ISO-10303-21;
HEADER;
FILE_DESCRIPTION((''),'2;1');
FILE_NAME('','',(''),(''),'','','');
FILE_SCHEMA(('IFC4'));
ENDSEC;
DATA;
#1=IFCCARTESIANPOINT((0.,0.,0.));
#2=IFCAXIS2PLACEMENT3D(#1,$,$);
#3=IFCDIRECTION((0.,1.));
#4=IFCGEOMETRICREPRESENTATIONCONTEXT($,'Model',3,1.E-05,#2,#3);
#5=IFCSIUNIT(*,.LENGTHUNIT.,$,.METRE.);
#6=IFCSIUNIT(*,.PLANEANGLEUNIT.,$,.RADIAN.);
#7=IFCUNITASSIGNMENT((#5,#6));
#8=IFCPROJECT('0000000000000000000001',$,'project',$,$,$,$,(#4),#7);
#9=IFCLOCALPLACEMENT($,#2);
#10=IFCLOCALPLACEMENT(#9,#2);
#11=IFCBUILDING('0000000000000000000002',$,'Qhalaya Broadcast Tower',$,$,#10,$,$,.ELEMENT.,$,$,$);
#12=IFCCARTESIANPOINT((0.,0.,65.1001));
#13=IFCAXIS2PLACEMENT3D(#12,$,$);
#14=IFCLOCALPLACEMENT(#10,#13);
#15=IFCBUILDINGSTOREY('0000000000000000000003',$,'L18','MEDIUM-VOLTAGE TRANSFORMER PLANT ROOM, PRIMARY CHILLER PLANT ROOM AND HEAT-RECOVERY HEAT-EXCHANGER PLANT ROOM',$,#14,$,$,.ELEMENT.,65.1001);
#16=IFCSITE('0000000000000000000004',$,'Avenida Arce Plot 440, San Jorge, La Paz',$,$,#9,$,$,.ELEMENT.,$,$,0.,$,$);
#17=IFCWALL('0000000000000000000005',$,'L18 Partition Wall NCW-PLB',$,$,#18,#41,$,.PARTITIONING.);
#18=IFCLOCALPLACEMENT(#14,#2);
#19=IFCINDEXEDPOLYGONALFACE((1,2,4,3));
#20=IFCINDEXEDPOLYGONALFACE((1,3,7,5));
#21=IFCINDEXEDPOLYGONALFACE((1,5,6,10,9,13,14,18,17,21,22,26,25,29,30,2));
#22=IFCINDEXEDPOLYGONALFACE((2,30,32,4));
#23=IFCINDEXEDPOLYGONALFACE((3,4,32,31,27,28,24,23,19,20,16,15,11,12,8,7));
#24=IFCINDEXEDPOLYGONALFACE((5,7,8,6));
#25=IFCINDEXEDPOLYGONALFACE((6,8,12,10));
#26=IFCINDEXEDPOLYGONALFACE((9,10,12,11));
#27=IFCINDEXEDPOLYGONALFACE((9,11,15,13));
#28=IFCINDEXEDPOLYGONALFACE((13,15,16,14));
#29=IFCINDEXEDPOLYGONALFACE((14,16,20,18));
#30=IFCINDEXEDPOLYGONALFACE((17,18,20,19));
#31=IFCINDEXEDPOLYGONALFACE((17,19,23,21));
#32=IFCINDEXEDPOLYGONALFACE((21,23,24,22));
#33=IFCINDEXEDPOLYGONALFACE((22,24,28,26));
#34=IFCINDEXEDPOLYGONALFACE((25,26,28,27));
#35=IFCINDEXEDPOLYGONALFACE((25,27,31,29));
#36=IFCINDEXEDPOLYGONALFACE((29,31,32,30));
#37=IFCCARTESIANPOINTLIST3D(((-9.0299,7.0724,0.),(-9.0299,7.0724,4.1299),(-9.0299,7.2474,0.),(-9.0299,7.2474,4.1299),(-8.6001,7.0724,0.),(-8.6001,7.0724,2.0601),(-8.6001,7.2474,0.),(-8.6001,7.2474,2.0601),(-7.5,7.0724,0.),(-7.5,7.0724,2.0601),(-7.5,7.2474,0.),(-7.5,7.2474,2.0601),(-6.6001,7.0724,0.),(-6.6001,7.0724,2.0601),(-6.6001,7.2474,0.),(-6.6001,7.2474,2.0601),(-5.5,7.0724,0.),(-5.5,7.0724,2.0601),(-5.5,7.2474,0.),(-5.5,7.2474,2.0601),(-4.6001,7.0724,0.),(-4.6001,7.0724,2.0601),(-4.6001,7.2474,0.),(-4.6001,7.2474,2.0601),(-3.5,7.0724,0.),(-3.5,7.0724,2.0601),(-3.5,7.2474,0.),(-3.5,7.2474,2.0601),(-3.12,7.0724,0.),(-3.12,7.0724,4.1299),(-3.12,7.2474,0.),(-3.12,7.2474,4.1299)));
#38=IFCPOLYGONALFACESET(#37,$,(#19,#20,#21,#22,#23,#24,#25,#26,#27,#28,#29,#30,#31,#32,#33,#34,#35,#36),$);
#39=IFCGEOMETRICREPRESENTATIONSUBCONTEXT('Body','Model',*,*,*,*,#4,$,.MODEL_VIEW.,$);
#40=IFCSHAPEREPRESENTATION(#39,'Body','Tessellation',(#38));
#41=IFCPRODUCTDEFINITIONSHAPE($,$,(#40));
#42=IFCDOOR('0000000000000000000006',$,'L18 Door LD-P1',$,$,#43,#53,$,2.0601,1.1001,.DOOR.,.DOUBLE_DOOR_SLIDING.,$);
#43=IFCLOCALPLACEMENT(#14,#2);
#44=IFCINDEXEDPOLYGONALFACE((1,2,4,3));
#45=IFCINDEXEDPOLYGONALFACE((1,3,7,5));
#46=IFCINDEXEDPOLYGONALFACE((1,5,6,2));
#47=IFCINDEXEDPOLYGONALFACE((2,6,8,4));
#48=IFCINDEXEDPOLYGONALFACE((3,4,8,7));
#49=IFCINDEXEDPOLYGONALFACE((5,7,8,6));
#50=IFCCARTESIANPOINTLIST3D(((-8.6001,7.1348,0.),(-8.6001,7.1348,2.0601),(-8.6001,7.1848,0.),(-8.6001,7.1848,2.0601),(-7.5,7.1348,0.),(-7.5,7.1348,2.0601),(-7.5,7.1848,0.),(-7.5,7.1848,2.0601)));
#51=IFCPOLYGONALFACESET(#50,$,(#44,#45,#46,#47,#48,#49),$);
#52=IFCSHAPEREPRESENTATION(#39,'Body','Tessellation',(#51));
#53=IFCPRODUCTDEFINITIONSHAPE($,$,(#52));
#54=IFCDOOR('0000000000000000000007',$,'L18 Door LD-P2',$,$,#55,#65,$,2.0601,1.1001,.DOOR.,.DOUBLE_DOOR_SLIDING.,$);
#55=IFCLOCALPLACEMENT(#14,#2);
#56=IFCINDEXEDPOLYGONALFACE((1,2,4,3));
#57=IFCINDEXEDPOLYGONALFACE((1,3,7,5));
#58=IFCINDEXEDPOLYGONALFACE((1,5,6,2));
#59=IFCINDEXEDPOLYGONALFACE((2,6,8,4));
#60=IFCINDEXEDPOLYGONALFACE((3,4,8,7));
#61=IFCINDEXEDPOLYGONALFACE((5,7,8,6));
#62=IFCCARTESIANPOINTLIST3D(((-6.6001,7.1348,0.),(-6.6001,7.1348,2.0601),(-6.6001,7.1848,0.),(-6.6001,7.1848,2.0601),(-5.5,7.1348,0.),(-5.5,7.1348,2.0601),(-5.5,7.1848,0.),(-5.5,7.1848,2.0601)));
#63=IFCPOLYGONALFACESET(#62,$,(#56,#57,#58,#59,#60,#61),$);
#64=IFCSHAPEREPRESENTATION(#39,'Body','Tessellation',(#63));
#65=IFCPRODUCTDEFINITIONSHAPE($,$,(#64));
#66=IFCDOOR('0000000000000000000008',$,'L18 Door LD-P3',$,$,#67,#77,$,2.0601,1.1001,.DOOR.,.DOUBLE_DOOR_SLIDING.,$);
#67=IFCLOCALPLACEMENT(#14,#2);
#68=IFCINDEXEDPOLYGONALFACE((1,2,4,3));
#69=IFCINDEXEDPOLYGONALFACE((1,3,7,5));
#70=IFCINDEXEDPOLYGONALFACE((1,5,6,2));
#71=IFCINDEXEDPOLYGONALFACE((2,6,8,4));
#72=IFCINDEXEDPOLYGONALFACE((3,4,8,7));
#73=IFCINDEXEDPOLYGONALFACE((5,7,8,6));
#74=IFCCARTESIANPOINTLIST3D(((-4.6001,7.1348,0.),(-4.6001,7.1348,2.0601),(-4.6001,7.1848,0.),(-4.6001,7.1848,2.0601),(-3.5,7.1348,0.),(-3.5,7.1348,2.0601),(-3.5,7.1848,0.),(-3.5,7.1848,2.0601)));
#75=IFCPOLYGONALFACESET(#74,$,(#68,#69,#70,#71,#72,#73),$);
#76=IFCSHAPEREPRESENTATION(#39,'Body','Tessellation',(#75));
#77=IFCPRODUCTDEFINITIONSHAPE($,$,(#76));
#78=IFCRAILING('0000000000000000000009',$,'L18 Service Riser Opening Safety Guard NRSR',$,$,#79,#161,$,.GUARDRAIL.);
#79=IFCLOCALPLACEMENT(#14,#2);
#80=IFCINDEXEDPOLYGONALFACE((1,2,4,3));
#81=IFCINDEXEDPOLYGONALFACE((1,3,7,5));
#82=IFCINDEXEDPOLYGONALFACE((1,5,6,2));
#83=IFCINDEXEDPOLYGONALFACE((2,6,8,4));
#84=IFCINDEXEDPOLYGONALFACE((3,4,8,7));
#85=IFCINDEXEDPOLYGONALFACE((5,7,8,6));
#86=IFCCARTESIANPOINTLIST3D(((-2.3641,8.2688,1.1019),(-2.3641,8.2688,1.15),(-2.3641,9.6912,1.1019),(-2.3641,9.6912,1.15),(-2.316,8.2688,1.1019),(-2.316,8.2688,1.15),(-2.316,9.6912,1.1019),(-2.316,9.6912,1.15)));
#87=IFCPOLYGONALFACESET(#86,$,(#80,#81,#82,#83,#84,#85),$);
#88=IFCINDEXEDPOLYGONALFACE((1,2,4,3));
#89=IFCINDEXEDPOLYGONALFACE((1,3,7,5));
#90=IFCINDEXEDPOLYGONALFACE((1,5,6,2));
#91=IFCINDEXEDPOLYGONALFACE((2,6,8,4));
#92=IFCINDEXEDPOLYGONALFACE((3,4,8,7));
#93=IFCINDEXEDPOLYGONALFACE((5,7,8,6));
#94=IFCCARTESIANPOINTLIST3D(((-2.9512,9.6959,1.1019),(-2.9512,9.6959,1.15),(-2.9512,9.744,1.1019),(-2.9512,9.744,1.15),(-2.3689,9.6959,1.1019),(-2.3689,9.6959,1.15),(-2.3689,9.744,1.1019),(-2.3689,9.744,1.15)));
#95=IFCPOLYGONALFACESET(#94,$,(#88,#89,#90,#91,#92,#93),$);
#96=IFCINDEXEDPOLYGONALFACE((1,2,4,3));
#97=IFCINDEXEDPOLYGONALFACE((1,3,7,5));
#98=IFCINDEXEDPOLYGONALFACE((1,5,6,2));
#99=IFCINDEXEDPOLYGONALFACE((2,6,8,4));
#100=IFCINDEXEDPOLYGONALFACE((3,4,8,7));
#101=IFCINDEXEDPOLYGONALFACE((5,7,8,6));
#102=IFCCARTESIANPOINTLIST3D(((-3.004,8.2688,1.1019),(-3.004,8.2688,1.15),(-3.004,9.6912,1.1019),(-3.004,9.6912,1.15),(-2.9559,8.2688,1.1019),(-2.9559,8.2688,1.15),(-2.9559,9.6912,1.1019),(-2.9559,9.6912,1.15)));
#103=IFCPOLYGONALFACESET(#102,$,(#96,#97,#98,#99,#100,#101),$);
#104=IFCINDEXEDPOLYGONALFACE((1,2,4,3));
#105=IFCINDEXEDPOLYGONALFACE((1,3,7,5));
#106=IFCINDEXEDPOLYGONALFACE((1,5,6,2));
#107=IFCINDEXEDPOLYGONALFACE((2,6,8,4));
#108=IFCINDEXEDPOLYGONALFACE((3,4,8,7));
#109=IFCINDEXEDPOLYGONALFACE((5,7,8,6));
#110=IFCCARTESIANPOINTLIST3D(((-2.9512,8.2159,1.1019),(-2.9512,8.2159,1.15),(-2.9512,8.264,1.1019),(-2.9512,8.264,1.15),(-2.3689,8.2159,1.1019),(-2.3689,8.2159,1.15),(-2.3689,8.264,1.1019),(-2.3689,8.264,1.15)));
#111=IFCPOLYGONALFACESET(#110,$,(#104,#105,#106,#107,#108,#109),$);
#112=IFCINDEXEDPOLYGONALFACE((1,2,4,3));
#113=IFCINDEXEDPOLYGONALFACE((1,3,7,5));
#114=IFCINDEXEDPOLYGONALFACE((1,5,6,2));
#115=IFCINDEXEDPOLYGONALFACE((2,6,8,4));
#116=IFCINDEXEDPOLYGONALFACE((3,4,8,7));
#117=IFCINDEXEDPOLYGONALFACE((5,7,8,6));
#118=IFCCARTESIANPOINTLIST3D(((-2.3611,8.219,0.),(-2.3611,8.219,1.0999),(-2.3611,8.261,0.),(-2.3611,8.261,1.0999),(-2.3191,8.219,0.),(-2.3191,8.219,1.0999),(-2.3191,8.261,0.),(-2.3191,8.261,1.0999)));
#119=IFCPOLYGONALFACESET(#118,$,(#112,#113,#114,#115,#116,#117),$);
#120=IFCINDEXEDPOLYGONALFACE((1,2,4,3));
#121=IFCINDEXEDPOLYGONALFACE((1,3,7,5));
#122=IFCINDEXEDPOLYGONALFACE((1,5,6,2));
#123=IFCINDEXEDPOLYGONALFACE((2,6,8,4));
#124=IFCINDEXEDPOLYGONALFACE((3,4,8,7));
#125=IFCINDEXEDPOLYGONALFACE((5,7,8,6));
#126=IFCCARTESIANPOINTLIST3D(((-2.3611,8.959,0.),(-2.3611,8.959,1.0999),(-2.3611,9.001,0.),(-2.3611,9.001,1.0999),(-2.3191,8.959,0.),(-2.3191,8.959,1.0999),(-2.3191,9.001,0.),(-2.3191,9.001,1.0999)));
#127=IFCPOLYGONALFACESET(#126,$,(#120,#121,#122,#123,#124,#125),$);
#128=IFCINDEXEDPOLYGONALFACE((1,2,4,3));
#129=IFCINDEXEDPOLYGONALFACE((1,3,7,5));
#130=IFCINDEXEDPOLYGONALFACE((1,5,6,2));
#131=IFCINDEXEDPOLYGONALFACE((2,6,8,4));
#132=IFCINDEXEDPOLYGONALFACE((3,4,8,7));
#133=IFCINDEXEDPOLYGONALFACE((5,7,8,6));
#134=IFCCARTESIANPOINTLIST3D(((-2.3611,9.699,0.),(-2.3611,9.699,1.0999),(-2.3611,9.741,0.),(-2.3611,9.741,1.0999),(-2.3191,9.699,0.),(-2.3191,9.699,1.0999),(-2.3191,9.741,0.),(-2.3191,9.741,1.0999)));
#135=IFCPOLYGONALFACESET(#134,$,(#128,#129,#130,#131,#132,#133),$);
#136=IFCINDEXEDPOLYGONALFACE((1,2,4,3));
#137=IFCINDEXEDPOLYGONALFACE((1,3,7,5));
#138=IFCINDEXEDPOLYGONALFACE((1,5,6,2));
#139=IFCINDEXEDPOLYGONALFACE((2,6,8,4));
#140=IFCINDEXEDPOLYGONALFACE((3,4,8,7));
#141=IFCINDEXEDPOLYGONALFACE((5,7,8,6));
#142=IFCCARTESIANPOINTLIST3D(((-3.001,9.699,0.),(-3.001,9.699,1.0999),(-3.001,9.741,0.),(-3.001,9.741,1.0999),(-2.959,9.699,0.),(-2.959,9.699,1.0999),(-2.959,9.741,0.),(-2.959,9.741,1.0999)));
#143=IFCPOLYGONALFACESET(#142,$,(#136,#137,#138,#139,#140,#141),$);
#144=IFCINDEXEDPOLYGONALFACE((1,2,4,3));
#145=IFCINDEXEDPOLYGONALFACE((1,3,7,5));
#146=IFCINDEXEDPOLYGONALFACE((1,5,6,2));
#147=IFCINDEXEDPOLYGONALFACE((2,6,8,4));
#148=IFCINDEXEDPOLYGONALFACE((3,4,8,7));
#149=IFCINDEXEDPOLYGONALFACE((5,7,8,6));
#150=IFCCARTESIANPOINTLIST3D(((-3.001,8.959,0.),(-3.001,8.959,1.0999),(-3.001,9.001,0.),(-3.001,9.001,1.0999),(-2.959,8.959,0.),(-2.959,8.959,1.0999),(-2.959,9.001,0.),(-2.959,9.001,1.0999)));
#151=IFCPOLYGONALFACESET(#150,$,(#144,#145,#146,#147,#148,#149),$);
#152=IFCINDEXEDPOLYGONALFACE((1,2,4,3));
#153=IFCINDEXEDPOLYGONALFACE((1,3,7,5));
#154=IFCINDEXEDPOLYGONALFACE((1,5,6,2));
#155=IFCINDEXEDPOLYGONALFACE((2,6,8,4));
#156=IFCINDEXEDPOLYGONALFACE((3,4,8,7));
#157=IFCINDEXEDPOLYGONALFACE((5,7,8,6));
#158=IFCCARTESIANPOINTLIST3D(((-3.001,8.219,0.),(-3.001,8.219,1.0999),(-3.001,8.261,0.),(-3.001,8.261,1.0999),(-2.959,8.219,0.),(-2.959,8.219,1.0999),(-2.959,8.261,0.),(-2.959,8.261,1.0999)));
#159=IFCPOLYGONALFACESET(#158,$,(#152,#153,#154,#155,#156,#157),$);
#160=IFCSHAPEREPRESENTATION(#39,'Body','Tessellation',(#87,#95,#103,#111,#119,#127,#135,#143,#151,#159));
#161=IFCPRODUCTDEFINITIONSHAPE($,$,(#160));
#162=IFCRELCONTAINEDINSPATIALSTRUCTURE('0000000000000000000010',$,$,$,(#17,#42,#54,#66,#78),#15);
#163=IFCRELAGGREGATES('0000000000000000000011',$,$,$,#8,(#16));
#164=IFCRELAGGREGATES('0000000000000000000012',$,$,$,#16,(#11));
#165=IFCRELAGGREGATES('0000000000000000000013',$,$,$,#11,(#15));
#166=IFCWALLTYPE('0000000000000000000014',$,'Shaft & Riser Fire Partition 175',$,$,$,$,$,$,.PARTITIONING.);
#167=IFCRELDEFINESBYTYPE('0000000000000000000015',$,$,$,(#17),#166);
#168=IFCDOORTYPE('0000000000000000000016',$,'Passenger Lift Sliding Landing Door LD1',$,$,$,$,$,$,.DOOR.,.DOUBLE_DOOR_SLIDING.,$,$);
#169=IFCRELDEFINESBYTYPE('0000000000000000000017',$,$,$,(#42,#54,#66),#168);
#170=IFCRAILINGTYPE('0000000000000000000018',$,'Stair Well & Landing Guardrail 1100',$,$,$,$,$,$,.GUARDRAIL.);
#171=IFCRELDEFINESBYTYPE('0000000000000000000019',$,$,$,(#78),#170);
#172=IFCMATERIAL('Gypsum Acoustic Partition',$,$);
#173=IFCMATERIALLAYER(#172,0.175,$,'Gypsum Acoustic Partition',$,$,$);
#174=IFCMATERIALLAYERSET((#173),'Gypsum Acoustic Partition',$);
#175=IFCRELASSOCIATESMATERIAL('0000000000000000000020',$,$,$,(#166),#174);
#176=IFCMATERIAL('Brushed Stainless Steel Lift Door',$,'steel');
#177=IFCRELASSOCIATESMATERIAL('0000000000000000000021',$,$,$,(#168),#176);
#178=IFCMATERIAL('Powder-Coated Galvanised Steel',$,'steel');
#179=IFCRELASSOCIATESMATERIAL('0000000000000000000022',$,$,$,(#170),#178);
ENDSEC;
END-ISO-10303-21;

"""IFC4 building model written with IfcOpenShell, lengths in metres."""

from ifc_helpers import new_model, si_unit, direction, frame, frame_2d, origin, origin_2d, place, context, subcontext, project, spatial, rectangle, extrude, material, layer, layer_set, type_object, element, fill, save


model = new_model("IFC4")

# Units and contexts
model_context = context("Model", 3, precision=1e-05, world=origin(), true_north=direction((0.0, 1.0)))
body_context = subcontext(model_context, "Body", "Model", "MODEL_VIEW")
ifc_project = project(units=[si_unit("LENGTHUNIT", "METRE"), si_unit("PLANEANGLEUNIT", "RADIAN")], contexts=[model_context])

# Site, building, storey
site_placement = place(None, origin())
site = spatial("IfcSite", under=ifc_project, at=site_placement, Name="Avenida Arce Plot 440, San Jorge, La Paz", CompositionType="ELEMENT", RefElevation=0.0)
building_placement = place(site_placement, origin())
building = spatial("IfcBuilding", under=site, at=building_placement, Name="Qhalaya Broadcast Tower", CompositionType="ELEMENT")
storey_placement = place(building_placement, frame((0.0, 0.0, 65.1001)))
storey = spatial("IfcBuildingStorey", under=building, at=storey_placement, Name="L18", Description="MEDIUM-VOLTAGE TRANSFORMER PLANT ROOM, PRIMARY CHILLER PLANT ROOM AND HEAT-RECOVERY HEAT-EXCHANGER PLANT ROOM", CompositionType="ELEMENT", Elevation=65.1001)

# Shared definitions
ifc_material_1 = material(Name="Gypsum Acoustic Partition")

# Shared definitions
ifc_layer_1 = layer(ifc_material_1, 0.175, Name="Gypsum Acoustic Partition")
ifc_layer_set_1 = layer_set([ifc_layer_1], Name="Gypsum Acoustic Partition")
wall_type_1 = type_object("IfcWallType", Name="Shaft & Riser Fire Partition 175", PredefinedType="PARTITIONING", material=ifc_layer_set_1)

# Wall, openings, doors
wall_1_placement = place(storey_placement, frame((-9.03, 7.1599, 0.0), z_axis=(0.0, 0.0, 1.0), x_axis=(1.0, 0.0, 0.0)))
wall_1 = element("IfcWall", 1, at=wall_1_placement, inside=storey, type_object=wall_type_1, Name="L18 Partition Wall NCW-PLB", PredefinedType="PARTITIONING", context=body_context, shape_type="SweptSolid", body=[
    extrude(rectangle(XDim=5.9099, YDim=0.175, at=frame_2d((2.9551, 0.0))), origin(), (0.0, 0.0, 1.0), 4.1299),
])
opening_1_placement = place(wall_1_placement, frame((0.4299, 0.0, 0.0)))
opening_1 = element("IfcOpeningElement", 2, at=opening_1_placement, cuts=wall_1, PredefinedType="OPENING", context=body_context, shape_type="SweptSolid", body=[
    extrude(rectangle(XDim=1.1001, YDim=2.0601, at=frame_2d((0.55, 1.03))), frame((0.0, 0.0996, 0.0), z_axis=(0.0, -1.0, 0.0), x_axis=(1.0, 0.0, 0.0)), (0.0, 0.0, 1.0), 0.199),
])
opening_2_placement = place(wall_1_placement, frame((2.4299, 0.0, 0.0)))
opening_2 = element("IfcOpeningElement", 3, at=opening_2_placement, cuts=wall_1, PredefinedType="OPENING", context=body_context, shape_type="SweptSolid", body=[
    extrude(rectangle(XDim=1.1001, YDim=2.0601, at=frame_2d((0.55, 1.03))), frame((0.0, 0.0996, 0.0), z_axis=(0.0, -1.0, 0.0), x_axis=(1.0, 0.0, 0.0)), (0.0, 0.0, 1.0), 0.199),
])
opening_3_placement = place(wall_1_placement, frame((4.4299, 0.0, 0.0)))
opening_3 = element("IfcOpeningElement", 4, at=opening_3_placement, cuts=wall_1, PredefinedType="OPENING", context=body_context, shape_type="SweptSolid", body=[
    extrude(rectangle(XDim=1.1001, YDim=2.0601, at=frame_2d((0.55, 1.03))), frame((0.0, 0.0996, 0.0), z_axis=(0.0, -1.0, 0.0), x_axis=(1.0, 0.0, 0.0)), (0.0, 0.0, 1.0), 0.199),
])
ifc_material_2 = material(Name="Brushed Stainless Steel Lift Door", Category="steel")
door_type_1 = type_object("IfcDoorType", Name="Passenger Lift Sliding Landing Door LD1", OperationType="DOUBLE_DOOR_SLIDING", PredefinedType="DOOR", material=ifc_material_2)
door_1_placement = place(opening_1_placement, origin())
door_1 = element("IfcDoor", 5, at=door_1_placement, inside=storey, type_object=door_type_1, Name="L18 Door LD-P1", OperationType="DOUBLE_DOOR_SLIDING", OverallHeight=2.0601, OverallWidth=1.1001, PredefinedType="DOOR", context=body_context, shape_type="SweptSolid", body=[
    extrude(rectangle(XDim=1.1001, YDim=2.0601, at=frame_2d((0.55, 1.03))), frame((0.0, 0.0249, 0.0), z_axis=(0.0, -1.0, 0.0), x_axis=(1.0, 0.0, 0.0)), (0.0, 0.0, 1.0), 0.05),
])
fill(opening_1, door_1)
door_2_placement = place(opening_2_placement, origin())
door_2 = element("IfcDoor", 6, at=door_2_placement, inside=storey, type_object=door_type_1, Name="L18 Door LD-P2", OperationType="DOUBLE_DOOR_SLIDING", OverallHeight=2.0601, OverallWidth=1.1001, PredefinedType="DOOR", context=body_context, shape_type="SweptSolid", body=[
    extrude(rectangle(XDim=1.1001, YDim=2.0601, at=frame_2d((0.55, 1.03))), frame((0.0, 0.0249, 0.0), z_axis=(0.0, -1.0, 0.0), x_axis=(1.0, 0.0, 0.0)), (0.0, 0.0, 1.0), 0.05),
])
fill(opening_2, door_2)
door_3_placement = place(opening_3_placement, origin())
door_3 = element("IfcDoor", 7, at=door_3_placement, inside=storey, type_object=door_type_1, Name="L18 Door LD-P3", OperationType="DOUBLE_DOOR_SLIDING", OverallHeight=2.0601, OverallWidth=1.1001, PredefinedType="DOOR", context=body_context, shape_type="SweptSolid", body=[
    extrude(rectangle(XDim=1.1001, YDim=2.0601, at=frame_2d((0.55, 1.03))), frame((0.0, 0.0249, 0.0), z_axis=(0.0, -1.0, 0.0), x_axis=(1.0, 0.0, 0.0)), (0.0, 0.0, 1.0), 0.05),
])
fill(opening_3, door_3)

# Railing
ifc_material_3 = material(Name="Powder-Coated Galvanised Steel", Category="steel")
railing_type = type_object("IfcRailingType", Name="Stair Well & Landing Guardrail 1100", PredefinedType="GUARDRAIL", material=ifc_material_3)
railing_placement = place(storey_placement, frame((-2.3401, 8.24, 0.0)))
element("IfcRailing", 8, at=railing_placement, inside=storey, type_object=railing_type, Name="L18 Service Riser Opening Safety Guard NRSR", PredefinedType="GUARDRAIL", context=body_context, shape_type="SweptSolid", body=[
    extrude(rectangle(XDim=0.0481, YDim=0.0481, at=origin_2d()), frame((0.0, 0.0288, 1.126), z_axis=(0.0, 1.0, 0.0), x_axis=(-1.0, 0.0, 0.0)), (0.0, 0.0, 1.0), 1.4224),
    extrude(rectangle(XDim=0.0481, YDim=0.0481, at=origin_2d()), frame((-0.0288, 1.48, 1.126), z_axis=(-1.0, 0.0, 0.0), x_axis=(0.0, -1.0, 0.0)), (0.0, 0.0, 1.0), 0.5823),
    extrude(rectangle(XDim=0.0481, YDim=0.0481, at=origin_2d()), frame((-0.6399, 1.4512, 1.126), z_axis=(0.0, -1.0, 0.0), x_axis=(1.0, 0.0, 0.0)), (0.0, 0.0, 1.0), 1.4224),
    extrude(rectangle(XDim=0.0481, YDim=0.0481, at=origin_2d()), frame((-0.6111, 0.0, 1.126), z_axis=(1.0, 0.0, 0.0), x_axis=(0.0, 1.0, 0.0)), (0.0, 0.0, 1.0), 0.5823),
    extrude(rectangle(XDim=0.042, YDim=0.042, at=origin_2d()), origin(), (0.0, 0.0, 1.0), 1.0999),
    extrude(rectangle(XDim=0.042, YDim=0.042, at=origin_2d()), frame((0.0, 0.74, 0.0)), (0.0, 0.0, 1.0), 1.0999),
    extrude(rectangle(XDim=0.042, YDim=0.042, at=origin_2d()), frame((0.0, 1.48, 0.0)), (0.0, 0.0, 1.0), 1.0999),
    extrude(rectangle(XDim=0.042, YDim=0.042, at=origin_2d()), frame((-0.6399, 1.48, 0.0)), (0.0, 0.0, 1.0), 1.0999),
    extrude(rectangle(XDim=0.042, YDim=0.042, at=origin_2d()), frame((-0.6399, 0.74, 0.0)), (0.0, 0.0, 1.0), 1.0999),
    extrude(rectangle(XDim=0.042, YDim=0.042, at=origin_2d()), frame((-0.6399, 0.0, 0.0)), (0.0, 0.0, 1.0), 1.0999),
])

save(model, "model.ifc")
